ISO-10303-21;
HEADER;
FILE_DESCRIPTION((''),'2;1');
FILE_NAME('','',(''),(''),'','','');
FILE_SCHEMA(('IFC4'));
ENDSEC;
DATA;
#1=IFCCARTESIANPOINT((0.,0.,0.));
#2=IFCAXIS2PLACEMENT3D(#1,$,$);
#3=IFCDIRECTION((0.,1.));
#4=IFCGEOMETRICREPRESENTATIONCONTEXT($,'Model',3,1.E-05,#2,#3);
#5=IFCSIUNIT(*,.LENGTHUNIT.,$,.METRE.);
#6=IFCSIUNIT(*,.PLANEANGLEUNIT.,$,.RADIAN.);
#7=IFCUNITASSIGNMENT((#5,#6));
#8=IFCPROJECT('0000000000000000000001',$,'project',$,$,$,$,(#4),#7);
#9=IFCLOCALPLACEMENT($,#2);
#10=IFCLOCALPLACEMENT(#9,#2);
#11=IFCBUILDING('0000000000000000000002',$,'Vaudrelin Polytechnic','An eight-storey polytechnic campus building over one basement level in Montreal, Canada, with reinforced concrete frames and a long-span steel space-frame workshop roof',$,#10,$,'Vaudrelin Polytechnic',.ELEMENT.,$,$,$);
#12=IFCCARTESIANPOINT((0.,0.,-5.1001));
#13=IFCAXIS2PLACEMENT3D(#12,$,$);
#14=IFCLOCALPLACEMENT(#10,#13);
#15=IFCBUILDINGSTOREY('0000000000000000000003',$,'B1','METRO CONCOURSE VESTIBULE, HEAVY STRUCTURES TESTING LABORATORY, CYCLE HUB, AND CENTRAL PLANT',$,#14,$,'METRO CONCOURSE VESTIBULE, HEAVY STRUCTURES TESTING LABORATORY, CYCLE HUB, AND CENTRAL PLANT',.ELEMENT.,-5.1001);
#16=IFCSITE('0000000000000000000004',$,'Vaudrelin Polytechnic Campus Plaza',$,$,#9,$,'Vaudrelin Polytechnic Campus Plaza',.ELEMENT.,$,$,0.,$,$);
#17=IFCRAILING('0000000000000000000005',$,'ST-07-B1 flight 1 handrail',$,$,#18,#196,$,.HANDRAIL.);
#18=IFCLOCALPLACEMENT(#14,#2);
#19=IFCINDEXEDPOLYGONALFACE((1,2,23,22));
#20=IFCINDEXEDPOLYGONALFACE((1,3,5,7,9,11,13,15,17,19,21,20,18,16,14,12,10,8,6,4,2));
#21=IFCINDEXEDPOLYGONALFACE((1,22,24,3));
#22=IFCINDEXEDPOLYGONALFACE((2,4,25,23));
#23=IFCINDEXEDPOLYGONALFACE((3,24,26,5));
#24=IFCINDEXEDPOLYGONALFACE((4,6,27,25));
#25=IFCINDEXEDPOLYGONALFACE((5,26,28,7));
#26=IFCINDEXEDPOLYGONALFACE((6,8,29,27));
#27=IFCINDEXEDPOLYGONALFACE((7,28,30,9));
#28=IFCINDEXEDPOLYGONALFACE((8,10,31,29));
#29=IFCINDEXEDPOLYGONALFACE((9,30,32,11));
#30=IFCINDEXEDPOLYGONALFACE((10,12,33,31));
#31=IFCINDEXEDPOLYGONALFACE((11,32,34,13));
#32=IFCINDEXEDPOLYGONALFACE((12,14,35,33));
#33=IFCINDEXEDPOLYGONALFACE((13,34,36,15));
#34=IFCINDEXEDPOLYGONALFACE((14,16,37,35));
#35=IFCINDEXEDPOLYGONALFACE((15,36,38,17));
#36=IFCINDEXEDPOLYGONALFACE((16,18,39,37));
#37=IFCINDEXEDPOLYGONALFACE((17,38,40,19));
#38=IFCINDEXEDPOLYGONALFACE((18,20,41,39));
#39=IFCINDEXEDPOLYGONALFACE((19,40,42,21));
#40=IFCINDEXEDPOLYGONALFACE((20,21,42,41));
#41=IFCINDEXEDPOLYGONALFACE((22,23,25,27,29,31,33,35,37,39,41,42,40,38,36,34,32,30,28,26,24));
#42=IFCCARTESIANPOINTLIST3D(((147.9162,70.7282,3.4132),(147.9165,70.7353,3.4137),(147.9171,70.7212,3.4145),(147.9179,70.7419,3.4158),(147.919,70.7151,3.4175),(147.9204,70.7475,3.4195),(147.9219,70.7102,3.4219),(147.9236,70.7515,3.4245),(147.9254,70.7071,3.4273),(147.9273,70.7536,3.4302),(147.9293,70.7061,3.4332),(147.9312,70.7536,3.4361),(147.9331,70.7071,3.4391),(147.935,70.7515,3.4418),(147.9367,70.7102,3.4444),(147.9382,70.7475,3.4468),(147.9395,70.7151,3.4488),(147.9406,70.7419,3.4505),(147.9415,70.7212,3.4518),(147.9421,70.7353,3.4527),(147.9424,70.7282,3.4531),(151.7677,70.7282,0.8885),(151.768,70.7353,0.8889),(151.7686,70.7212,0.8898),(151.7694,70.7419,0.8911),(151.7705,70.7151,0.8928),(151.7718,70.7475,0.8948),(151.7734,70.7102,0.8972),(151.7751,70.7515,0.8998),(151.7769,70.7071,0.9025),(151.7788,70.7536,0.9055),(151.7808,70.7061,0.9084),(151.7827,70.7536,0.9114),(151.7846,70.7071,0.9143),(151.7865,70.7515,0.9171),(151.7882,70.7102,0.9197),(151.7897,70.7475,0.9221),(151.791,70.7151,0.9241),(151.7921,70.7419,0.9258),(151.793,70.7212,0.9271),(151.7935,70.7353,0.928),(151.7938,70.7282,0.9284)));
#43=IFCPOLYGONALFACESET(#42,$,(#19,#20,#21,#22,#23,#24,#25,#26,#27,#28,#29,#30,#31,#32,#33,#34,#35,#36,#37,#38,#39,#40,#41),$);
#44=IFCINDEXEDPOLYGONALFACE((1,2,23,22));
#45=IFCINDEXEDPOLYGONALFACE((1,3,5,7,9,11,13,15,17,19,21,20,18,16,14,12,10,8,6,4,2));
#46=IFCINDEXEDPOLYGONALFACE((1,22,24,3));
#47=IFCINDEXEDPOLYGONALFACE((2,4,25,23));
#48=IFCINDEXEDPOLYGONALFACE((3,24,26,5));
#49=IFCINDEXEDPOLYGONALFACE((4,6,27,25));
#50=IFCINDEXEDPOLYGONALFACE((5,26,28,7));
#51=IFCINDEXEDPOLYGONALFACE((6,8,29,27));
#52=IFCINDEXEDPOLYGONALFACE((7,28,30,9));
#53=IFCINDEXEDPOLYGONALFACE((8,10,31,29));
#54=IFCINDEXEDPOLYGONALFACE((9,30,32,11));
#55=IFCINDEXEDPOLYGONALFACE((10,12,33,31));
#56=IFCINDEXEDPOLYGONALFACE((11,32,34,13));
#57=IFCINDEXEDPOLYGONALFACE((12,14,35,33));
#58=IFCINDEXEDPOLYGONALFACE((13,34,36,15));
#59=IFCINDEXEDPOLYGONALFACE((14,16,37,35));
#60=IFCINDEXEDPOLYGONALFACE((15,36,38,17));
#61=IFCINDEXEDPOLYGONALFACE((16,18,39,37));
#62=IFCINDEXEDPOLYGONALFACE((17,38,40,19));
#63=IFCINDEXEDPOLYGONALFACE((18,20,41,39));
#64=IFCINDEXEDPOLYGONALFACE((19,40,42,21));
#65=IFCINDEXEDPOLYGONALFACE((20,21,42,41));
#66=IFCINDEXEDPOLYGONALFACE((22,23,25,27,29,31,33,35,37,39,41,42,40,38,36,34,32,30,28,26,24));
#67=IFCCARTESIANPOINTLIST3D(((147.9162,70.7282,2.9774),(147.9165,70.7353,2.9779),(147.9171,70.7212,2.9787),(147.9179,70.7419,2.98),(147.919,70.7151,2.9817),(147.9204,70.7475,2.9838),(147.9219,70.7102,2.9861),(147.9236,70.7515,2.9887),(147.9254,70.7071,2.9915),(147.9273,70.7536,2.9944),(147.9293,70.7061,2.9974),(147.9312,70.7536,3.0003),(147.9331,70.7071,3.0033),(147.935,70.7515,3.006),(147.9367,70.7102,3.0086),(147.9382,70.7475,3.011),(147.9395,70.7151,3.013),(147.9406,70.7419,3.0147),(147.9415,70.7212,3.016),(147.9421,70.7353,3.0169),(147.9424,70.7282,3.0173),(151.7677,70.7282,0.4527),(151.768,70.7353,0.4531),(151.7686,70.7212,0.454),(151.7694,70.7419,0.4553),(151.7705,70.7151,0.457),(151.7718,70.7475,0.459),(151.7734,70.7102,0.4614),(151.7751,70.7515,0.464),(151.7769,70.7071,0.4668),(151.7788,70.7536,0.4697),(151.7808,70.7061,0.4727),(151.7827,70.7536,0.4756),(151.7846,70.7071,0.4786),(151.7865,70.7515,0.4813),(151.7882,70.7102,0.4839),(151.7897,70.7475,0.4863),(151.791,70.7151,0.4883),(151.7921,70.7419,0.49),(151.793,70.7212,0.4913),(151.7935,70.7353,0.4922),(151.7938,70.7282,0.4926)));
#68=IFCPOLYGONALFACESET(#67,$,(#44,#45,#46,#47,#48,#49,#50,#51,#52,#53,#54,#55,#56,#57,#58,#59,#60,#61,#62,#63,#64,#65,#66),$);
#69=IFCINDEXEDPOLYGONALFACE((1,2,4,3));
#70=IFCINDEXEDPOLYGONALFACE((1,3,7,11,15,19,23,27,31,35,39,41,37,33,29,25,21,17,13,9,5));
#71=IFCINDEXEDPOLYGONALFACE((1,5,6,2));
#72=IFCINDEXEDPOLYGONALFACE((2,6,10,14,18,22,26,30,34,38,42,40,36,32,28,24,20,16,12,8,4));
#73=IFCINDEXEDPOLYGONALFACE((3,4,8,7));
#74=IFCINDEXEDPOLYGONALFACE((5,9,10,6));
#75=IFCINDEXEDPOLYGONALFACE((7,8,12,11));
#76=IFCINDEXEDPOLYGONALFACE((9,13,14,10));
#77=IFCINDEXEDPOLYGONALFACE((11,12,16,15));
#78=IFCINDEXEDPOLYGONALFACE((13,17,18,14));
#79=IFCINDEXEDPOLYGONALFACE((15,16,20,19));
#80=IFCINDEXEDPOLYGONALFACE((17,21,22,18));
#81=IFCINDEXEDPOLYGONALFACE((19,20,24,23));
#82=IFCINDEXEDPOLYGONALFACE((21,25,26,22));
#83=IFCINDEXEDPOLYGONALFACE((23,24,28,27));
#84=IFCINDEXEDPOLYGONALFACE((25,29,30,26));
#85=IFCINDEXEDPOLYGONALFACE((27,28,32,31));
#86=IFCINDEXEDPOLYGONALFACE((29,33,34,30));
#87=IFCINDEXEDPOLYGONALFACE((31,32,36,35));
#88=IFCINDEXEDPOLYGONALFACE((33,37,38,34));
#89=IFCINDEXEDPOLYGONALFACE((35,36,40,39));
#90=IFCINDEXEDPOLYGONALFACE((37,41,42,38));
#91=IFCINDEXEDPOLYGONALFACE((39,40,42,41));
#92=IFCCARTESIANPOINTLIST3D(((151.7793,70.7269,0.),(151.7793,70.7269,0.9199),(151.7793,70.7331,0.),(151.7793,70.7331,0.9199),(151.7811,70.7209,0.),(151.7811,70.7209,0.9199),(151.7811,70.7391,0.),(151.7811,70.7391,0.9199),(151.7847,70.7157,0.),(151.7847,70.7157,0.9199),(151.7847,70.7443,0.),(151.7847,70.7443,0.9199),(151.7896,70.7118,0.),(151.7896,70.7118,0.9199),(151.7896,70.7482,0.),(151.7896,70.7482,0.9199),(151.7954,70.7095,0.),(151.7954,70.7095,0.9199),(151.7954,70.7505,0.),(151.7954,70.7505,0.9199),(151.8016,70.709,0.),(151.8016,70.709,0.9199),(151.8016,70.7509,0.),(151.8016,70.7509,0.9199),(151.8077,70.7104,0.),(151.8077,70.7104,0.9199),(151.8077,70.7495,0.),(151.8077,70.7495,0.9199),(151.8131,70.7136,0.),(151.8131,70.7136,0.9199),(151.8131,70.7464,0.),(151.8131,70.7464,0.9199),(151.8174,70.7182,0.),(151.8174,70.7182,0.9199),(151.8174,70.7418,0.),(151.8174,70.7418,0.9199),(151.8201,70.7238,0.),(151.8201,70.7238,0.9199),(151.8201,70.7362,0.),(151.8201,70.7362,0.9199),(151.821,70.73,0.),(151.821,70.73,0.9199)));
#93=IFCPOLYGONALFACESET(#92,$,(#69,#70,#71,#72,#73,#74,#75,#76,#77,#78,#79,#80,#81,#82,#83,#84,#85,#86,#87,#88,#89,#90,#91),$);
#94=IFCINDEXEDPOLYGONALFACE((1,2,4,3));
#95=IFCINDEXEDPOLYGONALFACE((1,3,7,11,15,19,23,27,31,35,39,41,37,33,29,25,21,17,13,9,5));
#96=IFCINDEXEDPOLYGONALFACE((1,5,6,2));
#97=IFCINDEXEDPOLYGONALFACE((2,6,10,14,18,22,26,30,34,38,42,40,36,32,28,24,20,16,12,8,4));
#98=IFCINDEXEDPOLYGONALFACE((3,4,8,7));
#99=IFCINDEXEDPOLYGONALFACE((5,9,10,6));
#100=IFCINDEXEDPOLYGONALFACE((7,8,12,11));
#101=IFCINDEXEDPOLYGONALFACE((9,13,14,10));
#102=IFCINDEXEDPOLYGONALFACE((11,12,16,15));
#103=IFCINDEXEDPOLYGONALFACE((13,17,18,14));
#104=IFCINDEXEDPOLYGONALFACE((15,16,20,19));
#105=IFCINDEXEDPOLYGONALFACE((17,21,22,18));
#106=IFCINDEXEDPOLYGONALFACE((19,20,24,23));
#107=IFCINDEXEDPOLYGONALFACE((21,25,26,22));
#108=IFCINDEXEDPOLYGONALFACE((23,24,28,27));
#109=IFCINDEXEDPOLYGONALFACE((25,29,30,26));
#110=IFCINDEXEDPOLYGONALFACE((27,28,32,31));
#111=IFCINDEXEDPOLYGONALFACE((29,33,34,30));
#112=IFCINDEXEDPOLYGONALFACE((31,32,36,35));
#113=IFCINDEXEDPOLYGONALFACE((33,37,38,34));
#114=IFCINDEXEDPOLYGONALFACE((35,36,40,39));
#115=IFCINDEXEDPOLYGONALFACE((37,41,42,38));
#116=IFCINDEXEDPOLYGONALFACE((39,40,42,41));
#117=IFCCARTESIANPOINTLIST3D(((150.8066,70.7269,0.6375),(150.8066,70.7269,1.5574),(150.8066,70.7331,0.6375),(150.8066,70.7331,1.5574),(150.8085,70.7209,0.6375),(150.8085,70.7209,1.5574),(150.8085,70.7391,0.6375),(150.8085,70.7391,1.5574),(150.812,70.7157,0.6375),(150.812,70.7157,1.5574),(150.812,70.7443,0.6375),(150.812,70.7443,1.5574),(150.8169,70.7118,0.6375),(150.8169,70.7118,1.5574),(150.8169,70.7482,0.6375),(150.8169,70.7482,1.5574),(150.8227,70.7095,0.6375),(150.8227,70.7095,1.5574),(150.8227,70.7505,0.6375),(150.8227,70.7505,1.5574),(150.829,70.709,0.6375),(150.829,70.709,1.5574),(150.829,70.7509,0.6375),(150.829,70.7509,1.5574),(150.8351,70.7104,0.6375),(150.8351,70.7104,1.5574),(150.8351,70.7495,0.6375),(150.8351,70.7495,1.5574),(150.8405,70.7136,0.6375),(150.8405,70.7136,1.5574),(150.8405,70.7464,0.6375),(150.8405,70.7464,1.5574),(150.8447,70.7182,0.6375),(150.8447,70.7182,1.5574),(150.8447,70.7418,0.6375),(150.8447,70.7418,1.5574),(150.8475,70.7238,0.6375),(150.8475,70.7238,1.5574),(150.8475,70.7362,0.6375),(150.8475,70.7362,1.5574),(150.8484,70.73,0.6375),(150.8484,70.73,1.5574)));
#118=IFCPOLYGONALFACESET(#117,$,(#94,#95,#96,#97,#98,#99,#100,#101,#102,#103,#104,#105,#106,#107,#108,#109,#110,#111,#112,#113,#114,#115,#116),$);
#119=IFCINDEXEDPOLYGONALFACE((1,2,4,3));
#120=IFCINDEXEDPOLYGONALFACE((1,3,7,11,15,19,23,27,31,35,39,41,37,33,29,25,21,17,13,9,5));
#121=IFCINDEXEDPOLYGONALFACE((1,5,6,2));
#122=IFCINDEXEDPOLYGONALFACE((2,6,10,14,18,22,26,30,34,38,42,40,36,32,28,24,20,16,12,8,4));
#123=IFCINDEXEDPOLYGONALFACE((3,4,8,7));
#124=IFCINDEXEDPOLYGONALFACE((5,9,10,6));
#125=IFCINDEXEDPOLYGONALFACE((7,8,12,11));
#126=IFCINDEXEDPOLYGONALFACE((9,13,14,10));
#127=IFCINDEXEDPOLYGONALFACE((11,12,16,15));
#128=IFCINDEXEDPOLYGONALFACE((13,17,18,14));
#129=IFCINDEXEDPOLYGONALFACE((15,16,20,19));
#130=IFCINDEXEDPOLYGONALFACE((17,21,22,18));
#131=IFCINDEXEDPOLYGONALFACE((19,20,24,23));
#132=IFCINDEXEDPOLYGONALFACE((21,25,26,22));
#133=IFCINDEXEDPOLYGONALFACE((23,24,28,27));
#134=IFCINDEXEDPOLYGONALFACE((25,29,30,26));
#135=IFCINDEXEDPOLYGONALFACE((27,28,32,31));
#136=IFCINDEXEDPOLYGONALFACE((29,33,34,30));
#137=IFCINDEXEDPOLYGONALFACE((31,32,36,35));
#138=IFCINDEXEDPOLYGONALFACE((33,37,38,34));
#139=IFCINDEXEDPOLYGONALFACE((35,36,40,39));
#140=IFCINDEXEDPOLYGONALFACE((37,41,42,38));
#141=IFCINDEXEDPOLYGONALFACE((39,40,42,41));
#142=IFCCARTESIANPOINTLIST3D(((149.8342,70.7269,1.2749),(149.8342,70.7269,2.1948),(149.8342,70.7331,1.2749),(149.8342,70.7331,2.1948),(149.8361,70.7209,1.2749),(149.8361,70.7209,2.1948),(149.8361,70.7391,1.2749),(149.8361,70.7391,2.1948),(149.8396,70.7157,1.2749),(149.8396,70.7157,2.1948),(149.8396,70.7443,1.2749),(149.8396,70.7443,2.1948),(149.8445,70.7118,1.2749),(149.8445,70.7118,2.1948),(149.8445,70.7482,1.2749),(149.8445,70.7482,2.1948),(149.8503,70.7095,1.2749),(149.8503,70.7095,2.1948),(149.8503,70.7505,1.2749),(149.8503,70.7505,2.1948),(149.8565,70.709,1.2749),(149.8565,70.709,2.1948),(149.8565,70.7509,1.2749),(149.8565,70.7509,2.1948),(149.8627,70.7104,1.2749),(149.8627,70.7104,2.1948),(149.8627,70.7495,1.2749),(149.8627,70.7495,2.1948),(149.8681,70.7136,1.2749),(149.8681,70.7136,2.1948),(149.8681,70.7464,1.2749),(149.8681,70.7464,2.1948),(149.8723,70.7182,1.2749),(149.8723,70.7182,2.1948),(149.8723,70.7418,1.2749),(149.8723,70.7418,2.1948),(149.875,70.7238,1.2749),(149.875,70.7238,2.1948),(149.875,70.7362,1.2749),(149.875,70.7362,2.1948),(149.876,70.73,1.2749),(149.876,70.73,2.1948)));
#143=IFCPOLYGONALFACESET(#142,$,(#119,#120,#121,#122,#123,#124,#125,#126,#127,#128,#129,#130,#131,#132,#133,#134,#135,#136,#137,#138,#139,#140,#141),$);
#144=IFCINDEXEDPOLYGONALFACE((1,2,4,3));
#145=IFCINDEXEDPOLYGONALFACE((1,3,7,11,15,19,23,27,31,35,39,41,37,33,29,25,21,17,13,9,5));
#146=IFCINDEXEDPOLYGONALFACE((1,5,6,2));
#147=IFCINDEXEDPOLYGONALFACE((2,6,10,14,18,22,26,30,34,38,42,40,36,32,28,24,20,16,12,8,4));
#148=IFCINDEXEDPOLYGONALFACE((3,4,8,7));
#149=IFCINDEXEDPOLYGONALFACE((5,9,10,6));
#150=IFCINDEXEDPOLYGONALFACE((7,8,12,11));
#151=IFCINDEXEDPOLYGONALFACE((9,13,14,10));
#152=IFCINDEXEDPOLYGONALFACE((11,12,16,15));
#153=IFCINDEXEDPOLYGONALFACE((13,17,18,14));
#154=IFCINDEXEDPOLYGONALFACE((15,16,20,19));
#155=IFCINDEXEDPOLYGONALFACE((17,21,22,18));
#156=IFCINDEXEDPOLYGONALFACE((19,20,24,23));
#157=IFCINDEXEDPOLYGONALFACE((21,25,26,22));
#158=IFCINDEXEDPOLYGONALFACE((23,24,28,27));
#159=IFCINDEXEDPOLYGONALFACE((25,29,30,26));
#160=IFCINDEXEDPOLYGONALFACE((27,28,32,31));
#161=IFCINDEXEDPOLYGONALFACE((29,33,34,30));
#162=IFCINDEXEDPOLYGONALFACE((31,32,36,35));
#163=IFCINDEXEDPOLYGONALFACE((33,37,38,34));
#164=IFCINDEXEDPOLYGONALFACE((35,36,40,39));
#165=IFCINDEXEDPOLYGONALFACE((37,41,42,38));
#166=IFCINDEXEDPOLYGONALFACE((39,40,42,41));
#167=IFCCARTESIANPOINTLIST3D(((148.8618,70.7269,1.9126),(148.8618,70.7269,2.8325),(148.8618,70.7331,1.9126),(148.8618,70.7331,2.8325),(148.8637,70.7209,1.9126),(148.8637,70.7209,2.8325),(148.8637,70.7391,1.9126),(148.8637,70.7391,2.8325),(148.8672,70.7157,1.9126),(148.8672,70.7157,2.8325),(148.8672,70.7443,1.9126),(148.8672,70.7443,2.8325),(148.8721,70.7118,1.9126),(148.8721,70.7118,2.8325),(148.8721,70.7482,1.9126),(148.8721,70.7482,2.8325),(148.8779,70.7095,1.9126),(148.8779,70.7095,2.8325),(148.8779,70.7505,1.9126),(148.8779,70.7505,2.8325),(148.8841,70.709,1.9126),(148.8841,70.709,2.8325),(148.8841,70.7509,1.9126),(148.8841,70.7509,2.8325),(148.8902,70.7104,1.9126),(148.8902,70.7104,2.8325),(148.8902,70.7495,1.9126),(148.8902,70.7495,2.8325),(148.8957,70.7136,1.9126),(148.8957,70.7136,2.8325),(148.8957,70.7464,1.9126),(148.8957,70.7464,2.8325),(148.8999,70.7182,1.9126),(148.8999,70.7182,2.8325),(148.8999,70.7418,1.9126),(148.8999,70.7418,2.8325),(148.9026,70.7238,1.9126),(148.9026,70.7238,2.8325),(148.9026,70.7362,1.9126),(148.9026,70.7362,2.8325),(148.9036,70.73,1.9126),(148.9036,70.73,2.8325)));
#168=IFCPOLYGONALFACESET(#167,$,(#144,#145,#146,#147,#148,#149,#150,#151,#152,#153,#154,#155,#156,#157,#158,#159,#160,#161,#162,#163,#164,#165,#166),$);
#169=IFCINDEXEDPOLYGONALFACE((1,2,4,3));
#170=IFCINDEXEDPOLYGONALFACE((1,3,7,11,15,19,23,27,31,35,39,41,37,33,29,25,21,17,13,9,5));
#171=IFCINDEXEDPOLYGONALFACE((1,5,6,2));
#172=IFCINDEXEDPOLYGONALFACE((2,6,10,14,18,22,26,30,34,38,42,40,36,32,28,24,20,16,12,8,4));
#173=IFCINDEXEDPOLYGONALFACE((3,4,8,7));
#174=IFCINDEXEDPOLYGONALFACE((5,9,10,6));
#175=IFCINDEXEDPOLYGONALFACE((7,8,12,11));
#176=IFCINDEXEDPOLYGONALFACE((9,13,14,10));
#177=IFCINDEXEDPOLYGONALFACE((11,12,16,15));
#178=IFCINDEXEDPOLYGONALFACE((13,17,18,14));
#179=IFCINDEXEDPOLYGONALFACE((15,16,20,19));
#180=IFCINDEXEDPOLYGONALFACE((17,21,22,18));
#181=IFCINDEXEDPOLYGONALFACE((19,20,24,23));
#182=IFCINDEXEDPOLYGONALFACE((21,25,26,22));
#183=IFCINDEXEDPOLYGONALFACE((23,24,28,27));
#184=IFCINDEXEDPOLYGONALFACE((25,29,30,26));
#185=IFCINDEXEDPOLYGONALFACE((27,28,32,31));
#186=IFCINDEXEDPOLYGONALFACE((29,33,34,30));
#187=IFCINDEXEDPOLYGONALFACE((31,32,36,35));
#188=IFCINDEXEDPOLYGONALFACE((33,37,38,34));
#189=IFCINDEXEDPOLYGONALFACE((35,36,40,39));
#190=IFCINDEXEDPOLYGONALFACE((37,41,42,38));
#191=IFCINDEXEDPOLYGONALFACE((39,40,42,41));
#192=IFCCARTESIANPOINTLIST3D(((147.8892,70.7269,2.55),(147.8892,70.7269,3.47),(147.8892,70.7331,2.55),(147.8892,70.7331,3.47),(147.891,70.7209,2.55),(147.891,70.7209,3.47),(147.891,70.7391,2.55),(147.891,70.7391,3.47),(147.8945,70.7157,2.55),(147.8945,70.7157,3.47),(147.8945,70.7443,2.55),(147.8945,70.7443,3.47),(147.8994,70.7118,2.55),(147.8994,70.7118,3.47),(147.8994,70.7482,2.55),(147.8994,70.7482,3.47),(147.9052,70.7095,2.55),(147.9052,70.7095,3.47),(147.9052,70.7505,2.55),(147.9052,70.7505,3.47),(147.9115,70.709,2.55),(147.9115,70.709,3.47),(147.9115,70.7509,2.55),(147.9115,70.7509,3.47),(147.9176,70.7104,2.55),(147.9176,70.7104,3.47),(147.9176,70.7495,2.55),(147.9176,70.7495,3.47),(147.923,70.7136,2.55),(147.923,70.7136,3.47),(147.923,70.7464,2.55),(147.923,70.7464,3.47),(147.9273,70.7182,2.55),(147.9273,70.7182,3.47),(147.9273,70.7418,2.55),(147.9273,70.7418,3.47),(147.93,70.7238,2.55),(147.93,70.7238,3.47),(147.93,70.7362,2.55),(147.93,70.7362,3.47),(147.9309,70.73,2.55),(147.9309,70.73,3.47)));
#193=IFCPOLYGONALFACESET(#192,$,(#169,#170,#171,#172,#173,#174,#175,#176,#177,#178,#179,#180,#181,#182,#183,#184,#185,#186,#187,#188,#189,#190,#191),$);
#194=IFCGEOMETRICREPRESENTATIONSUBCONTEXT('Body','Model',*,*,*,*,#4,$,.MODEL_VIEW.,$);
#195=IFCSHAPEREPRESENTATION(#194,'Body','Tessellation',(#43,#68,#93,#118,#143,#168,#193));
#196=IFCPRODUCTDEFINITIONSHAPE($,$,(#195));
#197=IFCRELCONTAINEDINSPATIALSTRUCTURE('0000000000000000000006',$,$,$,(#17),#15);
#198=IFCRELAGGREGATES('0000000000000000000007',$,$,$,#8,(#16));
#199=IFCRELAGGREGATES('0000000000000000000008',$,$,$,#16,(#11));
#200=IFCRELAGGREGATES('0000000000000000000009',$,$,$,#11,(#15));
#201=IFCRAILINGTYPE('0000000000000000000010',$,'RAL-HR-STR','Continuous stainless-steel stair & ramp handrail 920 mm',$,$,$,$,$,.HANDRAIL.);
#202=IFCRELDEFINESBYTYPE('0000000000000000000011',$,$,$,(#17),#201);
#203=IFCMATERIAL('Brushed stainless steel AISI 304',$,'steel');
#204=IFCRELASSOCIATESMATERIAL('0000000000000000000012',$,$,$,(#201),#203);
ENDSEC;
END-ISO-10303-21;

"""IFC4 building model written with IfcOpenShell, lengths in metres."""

from ifc_helpers import new_model, si_unit, direction, frame, origin, origin_2d, place, context, subcontext, project, spatial, circle, extrude, material, type_object, element, save


model = new_model("IFC4")

# Units and contexts
model_context = context("Model", 3, precision=1e-05, world=origin(), true_north=direction((0.0, 1.0)))
body_context = subcontext(model_context, "Body", "Model", "MODEL_VIEW")
ifc_project = project(units=[si_unit("LENGTHUNIT", "METRE"), si_unit("PLANEANGLEUNIT", "RADIAN")], contexts=[model_context])

# Site, building, storey
site_placement = place(None, origin())
site = spatial("IfcSite", under=ifc_project, at=site_placement, Name="Vaudrelin Polytechnic Campus Plaza", LongName="Vaudrelin Polytechnic Campus Plaza", CompositionType="ELEMENT", RefElevation=0.0)
building_placement = place(site_placement, origin())
building = spatial("IfcBuilding", under=site, at=building_placement, Name="Vaudrelin Polytechnic", Description="An eight-storey polytechnic campus building over one basement level in Montreal, Canada, with reinforced concrete frames and a long-span steel space-frame workshop roof", LongName="Vaudrelin Polytechnic", CompositionType="ELEMENT")
storey_placement = place(building_placement, frame((0.0, 0.0, -5.1001)))
storey = spatial("IfcBuildingStorey", under=building, at=storey_placement, Name="B1", Description="METRO CONCOURSE VESTIBULE, HEAVY STRUCTURES TESTING LABORATORY, CYCLE HUB, AND CENTRAL PLANT", LongName="METRO CONCOURSE VESTIBULE, HEAVY STRUCTURES TESTING LABORATORY, CYCLE HUB, AND CENTRAL PLANT", CompositionType="ELEMENT", Elevation=-5.1001)

# Shared definitions
ifc_material_1 = material(Name="Brushed stainless steel AISI 304", Category="steel")

# Railing
railing_type_1 = type_object("IfcRailingType", Name="RAL-HR-STR", Description="Continuous stainless-steel stair & ramp handrail 920 mm", PredefinedType="HANDRAIL", material=ifc_material_1)
railing_1_placement = place(storey_placement, frame((151.8, 70.73, 0.0)))
element("IfcRailing", 1, at=railing_1_placement, inside=storey, type_object=railing_type_1, Name="ST-07-B1 flight 1 handrail", PredefinedType="HANDRAIL", context=body_context, shape_type="SweptSolid", body=[
    extrude(circle(Radius=0.0239, at=origin_2d()), frame((-0.0193, 0.0, 0.9084), z_axis=(-0.836329, 0.0, 0.548228), x_axis=(0.0, -1.0, 0.0)), (0.0, 0.0, 1.0), 4.6052),
    extrude(circle(Radius=0.0239, at=origin_2d()), frame((-0.0193, 0.0, 0.4727), z_axis=(-0.836329, 0.0, 0.548228), x_axis=(0.0, -1.0, 0.0)), (0.0, 0.0, 1.0), 4.6052),
    extrude(circle(Radius=0.021, at=origin_2d()), origin(), (0.0, 0.0, 1.0), 0.9199),
    extrude(circle(Radius=0.021, at=origin_2d()), frame((-0.9727, 0.0, 0.6375)), (0.0, 0.0, 1.0), 0.9199),
    extrude(circle(Radius=0.021, at=origin_2d()), frame((-1.9451, 0.0, 1.2749)), (0.0, 0.0, 1.0), 0.9199),
    extrude(circle(Radius=0.021, at=origin_2d()), frame((-2.9175, 0.0, 1.9126)), (0.0, 0.0, 1.0), 0.9199),
    extrude(circle(Radius=0.021, at=origin_2d()), frame((-3.8901, 0.0, 2.55)), (0.0, 0.0, 1.0), 0.9199),
])

save(model, "model.ifc")
